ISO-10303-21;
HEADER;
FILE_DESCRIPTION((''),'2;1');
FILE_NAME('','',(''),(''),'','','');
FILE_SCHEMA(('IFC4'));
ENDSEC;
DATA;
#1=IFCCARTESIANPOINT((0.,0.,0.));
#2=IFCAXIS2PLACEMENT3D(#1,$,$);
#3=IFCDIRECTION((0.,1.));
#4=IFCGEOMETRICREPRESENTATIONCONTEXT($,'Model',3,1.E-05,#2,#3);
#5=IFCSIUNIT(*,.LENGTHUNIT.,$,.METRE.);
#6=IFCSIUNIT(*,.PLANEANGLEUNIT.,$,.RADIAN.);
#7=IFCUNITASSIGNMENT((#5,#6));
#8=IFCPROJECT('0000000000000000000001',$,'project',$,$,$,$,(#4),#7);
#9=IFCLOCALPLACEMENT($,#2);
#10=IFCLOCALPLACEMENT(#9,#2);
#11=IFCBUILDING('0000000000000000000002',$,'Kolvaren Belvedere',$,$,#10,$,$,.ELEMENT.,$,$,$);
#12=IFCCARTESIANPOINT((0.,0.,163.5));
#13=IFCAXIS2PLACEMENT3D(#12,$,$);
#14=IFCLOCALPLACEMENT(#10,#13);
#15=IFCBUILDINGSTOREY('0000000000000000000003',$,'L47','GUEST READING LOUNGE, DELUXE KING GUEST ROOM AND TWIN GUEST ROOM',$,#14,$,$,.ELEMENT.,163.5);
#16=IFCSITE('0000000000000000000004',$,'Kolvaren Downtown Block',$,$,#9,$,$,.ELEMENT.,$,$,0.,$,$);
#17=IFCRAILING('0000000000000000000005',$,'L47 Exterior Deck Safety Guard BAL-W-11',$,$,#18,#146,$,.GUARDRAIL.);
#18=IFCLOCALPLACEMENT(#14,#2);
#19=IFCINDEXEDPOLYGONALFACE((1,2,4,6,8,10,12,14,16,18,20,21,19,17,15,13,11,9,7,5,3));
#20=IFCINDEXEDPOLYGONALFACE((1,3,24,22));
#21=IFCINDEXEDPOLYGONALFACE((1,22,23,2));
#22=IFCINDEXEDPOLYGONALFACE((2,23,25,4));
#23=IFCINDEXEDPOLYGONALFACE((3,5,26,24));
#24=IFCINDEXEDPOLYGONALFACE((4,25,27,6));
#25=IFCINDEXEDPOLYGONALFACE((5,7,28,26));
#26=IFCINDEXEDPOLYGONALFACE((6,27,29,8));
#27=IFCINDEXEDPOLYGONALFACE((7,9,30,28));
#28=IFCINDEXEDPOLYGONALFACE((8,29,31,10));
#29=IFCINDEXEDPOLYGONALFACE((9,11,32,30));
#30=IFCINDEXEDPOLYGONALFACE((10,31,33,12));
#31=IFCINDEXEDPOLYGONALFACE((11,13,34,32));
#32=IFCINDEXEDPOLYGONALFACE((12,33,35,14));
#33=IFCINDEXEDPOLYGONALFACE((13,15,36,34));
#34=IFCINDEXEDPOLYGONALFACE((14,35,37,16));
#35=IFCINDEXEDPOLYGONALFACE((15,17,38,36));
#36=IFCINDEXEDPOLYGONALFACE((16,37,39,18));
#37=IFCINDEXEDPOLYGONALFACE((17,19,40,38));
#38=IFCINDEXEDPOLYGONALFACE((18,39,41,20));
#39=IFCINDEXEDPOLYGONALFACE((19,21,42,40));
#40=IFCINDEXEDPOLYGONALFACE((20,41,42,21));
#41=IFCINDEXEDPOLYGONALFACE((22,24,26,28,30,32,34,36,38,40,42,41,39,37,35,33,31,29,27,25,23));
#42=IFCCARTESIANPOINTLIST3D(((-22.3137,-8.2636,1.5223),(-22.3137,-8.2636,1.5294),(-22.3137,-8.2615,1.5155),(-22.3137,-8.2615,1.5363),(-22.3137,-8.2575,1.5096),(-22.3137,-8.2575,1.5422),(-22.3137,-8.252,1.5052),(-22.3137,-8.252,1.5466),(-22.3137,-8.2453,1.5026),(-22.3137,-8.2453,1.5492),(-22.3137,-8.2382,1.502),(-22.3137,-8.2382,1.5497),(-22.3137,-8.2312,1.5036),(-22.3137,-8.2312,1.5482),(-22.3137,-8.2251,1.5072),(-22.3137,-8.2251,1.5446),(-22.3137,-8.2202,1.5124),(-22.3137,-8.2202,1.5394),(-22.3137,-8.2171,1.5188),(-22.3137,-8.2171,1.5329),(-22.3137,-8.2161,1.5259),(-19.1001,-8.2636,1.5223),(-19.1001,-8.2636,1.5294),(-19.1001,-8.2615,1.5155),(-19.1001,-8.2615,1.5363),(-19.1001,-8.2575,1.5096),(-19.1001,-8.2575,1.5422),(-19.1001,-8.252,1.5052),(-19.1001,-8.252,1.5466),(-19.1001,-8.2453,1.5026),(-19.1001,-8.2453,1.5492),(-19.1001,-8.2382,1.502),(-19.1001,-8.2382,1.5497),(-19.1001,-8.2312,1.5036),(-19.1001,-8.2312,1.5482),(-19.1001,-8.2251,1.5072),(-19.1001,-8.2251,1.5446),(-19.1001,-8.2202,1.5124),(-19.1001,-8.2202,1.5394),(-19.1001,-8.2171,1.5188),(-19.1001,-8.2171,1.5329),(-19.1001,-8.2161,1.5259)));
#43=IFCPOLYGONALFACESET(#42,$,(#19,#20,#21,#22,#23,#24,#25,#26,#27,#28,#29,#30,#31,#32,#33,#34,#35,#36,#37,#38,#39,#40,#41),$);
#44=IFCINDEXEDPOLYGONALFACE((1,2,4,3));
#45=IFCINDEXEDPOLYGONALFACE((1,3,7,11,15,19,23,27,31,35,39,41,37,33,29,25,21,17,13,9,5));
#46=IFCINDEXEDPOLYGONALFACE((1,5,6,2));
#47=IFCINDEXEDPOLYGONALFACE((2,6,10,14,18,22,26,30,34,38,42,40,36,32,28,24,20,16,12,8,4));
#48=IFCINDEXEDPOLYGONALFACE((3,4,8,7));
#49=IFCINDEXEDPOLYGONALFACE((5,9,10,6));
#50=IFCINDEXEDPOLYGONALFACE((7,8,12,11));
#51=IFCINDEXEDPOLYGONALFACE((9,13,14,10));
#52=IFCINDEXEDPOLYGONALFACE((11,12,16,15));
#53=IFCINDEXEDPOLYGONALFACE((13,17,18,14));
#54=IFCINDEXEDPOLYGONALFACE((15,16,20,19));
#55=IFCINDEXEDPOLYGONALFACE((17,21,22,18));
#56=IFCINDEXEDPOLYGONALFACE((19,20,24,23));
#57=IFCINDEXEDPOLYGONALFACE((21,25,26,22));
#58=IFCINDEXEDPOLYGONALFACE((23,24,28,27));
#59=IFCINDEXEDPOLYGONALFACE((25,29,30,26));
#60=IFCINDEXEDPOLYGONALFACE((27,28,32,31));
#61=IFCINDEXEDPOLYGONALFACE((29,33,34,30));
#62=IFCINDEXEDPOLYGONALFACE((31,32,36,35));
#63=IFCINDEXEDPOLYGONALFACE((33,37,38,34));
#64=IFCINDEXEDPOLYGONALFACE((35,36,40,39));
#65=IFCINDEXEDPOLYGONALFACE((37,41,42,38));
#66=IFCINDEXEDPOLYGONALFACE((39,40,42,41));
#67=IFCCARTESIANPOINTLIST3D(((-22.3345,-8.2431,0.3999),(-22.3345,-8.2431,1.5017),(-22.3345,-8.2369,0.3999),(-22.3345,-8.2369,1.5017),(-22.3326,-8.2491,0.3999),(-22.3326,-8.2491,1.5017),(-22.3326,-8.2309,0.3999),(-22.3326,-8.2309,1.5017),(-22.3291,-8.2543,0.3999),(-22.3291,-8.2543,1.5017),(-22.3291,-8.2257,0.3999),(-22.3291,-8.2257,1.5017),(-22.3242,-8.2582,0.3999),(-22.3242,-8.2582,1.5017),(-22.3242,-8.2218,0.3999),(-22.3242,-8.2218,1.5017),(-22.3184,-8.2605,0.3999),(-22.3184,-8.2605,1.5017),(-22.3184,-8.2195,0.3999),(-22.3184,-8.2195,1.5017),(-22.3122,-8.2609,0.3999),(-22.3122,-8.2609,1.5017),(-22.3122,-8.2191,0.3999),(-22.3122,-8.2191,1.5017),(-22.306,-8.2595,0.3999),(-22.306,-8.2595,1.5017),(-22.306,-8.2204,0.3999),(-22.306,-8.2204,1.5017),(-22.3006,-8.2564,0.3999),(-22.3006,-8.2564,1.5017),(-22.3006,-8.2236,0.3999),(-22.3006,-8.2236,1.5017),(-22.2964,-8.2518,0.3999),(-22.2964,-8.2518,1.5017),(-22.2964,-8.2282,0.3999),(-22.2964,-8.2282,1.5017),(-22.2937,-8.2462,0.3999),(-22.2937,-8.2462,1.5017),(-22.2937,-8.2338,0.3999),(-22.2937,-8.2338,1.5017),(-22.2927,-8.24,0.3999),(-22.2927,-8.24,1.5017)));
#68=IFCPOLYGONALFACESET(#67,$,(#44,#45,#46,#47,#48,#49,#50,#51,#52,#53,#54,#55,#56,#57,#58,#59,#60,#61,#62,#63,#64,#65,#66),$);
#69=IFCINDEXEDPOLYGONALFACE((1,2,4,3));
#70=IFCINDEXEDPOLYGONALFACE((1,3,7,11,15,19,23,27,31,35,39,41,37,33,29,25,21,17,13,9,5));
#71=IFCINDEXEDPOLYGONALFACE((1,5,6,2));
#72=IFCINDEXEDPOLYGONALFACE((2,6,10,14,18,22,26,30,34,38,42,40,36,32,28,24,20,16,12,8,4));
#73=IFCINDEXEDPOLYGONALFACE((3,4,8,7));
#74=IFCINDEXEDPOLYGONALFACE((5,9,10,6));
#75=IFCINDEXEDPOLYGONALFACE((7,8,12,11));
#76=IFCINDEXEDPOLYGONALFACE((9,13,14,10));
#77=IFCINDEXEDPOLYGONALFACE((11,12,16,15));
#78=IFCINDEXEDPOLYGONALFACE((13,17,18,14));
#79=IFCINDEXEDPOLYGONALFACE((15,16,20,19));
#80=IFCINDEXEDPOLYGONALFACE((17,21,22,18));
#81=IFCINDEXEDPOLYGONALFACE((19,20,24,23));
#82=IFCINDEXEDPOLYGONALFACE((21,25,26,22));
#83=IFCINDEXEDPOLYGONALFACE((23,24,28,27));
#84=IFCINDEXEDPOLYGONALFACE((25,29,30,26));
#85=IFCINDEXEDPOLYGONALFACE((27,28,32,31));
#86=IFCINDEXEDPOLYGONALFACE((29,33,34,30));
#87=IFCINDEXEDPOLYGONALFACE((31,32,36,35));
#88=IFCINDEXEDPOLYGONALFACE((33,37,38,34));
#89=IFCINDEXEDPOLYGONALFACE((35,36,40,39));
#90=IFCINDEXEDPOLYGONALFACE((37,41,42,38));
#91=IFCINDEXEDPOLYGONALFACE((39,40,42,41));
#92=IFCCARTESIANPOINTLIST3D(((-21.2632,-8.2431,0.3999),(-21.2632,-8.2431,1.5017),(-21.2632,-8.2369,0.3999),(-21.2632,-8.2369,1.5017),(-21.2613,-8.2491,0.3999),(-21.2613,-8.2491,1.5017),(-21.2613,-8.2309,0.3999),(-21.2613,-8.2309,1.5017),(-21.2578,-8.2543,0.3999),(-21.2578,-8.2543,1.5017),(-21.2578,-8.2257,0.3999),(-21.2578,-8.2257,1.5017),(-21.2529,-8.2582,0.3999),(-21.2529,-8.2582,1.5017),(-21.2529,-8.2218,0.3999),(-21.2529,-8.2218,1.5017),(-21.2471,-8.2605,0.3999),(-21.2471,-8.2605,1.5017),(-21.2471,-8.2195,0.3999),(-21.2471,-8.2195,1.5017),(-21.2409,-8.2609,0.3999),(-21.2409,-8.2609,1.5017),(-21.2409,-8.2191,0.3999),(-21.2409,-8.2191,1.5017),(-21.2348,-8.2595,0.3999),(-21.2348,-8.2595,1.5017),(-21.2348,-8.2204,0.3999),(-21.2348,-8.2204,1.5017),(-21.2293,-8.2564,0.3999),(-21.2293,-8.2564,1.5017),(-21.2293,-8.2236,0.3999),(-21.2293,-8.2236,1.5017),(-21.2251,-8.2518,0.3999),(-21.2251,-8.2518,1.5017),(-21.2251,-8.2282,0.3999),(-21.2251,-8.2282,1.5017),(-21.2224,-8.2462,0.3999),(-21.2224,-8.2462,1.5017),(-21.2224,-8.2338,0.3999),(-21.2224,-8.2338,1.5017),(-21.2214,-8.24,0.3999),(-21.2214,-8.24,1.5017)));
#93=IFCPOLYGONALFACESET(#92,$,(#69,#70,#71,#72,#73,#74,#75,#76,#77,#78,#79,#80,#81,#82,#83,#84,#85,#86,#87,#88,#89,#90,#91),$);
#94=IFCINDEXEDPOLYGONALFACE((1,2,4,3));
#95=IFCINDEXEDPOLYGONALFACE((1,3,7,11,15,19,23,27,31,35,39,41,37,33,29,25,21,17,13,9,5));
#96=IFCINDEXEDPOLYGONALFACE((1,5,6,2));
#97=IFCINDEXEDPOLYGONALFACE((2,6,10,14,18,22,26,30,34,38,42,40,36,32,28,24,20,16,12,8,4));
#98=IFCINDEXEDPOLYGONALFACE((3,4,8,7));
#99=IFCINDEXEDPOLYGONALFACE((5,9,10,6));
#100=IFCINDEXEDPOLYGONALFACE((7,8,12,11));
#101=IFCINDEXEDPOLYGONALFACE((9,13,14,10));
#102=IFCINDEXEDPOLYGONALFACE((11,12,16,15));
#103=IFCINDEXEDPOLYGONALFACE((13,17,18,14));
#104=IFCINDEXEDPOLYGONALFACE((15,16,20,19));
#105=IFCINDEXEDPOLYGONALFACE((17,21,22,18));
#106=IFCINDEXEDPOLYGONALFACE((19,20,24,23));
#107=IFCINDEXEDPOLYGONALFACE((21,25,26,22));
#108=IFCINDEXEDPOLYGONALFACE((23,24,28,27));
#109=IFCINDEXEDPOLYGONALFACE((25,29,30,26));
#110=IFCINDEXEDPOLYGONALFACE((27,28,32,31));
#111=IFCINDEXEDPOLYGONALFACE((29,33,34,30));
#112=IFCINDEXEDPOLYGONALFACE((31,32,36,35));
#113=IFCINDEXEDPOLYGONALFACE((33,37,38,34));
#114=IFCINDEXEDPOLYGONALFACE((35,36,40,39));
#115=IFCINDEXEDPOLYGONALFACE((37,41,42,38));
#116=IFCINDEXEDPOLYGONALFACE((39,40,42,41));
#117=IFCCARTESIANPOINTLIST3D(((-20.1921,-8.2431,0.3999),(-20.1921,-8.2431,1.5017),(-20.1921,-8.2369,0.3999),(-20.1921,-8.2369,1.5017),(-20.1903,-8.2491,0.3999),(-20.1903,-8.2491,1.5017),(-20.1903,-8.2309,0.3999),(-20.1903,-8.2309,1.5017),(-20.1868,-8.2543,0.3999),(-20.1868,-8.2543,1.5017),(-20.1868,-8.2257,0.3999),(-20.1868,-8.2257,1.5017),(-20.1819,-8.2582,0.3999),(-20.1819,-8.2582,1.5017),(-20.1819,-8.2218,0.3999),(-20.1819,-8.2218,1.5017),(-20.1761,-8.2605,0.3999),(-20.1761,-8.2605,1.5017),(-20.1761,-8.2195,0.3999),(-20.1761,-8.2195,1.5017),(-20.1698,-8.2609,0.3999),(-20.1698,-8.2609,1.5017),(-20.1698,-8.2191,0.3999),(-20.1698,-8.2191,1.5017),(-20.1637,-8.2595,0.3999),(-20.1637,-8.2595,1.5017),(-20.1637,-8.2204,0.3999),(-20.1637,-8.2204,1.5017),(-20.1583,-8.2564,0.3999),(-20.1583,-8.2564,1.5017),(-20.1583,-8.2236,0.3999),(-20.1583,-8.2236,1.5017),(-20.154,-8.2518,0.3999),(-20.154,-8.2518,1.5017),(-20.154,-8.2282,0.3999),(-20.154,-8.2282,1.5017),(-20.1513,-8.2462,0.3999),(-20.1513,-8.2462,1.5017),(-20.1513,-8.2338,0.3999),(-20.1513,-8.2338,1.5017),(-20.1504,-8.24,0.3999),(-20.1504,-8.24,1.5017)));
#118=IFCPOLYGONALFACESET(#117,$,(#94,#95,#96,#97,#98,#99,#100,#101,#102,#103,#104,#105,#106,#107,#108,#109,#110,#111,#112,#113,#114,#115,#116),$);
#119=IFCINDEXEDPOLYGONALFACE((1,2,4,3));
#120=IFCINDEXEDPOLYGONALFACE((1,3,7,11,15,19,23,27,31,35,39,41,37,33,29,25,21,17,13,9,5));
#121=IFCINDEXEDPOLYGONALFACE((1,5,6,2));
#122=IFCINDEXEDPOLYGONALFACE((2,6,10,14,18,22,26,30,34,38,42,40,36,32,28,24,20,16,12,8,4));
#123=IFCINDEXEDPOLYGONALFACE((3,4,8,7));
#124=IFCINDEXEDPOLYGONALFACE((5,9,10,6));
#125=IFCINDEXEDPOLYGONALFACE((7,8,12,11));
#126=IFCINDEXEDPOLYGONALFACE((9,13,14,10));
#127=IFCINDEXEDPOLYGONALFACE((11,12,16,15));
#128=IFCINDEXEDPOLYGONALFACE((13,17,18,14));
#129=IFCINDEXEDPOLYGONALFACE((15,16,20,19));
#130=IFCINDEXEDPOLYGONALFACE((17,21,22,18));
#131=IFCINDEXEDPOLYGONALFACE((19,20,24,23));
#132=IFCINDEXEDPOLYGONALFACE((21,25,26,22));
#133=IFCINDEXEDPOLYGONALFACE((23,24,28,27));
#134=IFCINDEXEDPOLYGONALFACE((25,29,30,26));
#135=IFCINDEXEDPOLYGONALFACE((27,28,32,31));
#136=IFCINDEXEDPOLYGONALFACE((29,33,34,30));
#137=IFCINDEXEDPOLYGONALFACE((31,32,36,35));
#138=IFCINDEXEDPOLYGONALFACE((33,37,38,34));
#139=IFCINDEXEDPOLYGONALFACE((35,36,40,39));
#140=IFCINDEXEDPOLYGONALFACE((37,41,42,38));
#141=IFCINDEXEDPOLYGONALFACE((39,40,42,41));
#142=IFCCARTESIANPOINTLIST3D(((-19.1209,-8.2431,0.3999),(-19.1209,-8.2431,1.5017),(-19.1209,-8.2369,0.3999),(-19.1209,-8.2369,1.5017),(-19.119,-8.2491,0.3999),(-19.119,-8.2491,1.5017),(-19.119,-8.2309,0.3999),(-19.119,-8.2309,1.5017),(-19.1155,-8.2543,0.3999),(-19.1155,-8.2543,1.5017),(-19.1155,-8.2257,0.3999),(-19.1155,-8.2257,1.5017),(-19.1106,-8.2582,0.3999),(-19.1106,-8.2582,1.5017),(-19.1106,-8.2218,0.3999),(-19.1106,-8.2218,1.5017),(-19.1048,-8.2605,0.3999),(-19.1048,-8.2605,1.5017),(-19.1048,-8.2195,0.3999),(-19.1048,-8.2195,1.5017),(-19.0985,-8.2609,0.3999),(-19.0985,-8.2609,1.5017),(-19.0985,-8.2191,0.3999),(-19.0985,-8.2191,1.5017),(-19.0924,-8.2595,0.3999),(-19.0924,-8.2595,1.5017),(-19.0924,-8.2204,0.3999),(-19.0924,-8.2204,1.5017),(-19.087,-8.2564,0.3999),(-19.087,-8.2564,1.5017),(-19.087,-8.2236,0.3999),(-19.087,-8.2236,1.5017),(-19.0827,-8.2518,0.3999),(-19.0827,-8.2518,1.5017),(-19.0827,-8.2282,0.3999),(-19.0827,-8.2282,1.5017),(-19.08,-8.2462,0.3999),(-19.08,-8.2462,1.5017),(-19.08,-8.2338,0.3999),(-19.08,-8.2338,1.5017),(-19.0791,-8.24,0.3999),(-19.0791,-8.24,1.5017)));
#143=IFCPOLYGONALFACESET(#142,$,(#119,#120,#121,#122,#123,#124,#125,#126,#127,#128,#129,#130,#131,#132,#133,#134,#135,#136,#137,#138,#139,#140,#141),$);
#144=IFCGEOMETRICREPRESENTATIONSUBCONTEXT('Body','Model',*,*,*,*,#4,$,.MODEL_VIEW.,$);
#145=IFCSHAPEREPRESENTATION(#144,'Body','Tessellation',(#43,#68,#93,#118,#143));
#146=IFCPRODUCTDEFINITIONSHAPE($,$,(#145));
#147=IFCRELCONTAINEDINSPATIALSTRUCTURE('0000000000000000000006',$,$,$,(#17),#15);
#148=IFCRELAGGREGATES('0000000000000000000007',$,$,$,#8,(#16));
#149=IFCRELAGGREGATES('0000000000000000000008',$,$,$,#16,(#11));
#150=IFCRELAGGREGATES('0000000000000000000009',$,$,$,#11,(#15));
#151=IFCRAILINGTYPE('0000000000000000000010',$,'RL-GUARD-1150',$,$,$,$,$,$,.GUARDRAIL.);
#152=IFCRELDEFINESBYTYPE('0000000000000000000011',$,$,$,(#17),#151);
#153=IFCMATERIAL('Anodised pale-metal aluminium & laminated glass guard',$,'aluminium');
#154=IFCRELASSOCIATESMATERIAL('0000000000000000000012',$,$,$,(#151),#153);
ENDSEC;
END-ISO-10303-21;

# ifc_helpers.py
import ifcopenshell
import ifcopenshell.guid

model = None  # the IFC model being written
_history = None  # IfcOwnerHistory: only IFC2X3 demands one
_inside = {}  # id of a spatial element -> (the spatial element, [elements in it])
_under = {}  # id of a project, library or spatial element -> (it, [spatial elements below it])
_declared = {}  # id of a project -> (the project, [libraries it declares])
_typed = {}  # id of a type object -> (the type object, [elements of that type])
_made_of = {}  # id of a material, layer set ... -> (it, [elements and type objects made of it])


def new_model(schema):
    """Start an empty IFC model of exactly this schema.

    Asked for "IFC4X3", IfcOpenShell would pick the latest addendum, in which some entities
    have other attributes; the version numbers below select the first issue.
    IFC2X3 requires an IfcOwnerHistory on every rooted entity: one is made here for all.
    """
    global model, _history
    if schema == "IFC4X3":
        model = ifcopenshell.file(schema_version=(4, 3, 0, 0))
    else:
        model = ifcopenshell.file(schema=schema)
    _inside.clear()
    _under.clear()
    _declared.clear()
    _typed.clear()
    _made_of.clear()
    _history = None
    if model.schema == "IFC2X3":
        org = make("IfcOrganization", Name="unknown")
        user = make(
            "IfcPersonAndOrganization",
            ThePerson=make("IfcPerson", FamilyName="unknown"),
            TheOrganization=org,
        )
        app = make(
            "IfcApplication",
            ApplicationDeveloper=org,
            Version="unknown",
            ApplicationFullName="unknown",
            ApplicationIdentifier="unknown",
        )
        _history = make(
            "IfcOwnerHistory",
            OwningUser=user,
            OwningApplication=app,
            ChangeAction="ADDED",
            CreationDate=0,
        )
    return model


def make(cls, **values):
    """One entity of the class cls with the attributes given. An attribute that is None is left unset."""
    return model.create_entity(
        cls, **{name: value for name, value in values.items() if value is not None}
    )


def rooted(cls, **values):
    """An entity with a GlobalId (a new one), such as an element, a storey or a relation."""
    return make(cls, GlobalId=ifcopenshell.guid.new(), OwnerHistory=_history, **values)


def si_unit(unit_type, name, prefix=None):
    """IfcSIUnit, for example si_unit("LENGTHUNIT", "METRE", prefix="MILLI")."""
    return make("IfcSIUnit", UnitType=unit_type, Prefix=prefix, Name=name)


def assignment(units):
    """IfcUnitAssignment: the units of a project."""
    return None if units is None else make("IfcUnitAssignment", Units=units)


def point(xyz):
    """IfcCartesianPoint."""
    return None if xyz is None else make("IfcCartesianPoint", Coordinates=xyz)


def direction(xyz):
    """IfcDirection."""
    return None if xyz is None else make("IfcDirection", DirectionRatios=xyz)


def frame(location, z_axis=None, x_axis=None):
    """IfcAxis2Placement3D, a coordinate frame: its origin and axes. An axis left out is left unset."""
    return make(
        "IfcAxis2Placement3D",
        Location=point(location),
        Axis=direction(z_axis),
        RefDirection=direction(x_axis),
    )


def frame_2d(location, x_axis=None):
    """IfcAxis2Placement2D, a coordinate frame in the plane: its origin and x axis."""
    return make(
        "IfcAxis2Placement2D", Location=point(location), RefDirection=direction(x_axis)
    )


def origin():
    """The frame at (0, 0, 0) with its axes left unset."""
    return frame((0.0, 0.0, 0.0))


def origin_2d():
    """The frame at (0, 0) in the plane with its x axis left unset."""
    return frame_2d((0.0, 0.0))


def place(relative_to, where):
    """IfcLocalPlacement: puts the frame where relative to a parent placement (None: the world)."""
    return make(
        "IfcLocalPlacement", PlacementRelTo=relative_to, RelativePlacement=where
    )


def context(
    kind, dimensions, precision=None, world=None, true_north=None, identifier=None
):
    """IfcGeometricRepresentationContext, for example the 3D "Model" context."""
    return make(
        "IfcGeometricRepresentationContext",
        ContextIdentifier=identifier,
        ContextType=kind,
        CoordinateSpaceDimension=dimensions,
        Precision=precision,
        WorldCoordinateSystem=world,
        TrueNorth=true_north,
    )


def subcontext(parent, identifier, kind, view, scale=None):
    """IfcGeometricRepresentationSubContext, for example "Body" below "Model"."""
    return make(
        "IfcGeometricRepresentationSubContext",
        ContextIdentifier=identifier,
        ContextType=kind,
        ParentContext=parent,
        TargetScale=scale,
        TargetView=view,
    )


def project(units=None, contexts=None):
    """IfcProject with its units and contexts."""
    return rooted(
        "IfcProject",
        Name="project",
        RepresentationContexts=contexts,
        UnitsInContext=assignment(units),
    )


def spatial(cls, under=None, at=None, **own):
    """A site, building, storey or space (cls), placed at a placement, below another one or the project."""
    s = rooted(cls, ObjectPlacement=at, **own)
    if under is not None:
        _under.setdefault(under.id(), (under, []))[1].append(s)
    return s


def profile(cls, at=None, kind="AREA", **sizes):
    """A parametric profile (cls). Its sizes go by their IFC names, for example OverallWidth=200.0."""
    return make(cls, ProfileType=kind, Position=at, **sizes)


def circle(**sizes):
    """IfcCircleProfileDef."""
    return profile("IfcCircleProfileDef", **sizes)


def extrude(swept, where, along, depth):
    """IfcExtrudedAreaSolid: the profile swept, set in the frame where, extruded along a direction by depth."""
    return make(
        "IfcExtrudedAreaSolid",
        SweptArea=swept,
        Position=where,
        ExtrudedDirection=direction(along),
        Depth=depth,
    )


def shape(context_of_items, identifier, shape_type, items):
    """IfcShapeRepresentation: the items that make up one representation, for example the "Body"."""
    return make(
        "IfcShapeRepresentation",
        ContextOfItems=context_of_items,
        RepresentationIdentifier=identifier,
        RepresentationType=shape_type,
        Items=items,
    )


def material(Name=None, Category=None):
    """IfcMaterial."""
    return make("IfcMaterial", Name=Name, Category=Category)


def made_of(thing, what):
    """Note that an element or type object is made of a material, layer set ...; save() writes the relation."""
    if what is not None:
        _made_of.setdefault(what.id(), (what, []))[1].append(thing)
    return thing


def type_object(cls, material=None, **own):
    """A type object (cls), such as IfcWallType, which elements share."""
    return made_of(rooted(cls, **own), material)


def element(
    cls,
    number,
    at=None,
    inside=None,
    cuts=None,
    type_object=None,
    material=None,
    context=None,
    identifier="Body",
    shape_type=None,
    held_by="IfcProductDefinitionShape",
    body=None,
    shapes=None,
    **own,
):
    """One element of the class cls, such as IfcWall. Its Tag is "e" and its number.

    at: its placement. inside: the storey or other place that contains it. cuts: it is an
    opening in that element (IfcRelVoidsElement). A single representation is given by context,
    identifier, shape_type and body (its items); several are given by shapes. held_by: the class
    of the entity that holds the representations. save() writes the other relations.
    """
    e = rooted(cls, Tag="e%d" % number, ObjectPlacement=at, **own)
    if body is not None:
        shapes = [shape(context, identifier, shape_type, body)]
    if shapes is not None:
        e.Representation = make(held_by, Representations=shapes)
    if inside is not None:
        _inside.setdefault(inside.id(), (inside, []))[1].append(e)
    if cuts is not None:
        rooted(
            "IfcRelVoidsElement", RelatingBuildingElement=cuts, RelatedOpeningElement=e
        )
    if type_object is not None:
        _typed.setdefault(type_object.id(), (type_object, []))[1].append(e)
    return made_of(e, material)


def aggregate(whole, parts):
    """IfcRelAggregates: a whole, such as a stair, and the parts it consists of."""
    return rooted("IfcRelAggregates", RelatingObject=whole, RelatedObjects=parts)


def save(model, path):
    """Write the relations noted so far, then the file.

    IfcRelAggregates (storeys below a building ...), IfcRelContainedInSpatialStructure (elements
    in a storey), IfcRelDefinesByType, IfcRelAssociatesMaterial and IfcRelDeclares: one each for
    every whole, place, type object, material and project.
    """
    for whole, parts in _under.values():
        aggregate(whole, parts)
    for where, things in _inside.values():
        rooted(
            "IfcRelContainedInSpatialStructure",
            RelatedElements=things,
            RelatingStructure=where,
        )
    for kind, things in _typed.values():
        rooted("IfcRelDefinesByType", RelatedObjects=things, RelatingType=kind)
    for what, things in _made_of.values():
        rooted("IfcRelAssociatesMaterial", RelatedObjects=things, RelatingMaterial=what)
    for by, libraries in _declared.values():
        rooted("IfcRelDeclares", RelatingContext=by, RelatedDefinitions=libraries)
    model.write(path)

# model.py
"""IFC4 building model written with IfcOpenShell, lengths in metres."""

from ifc_helpers import new_model, si_unit, direction, frame, origin, origin_2d, place, context, subcontext, project, spatial, circle, extrude, material, type_object, element, save


model = new_model("IFC4")

# Units and contexts
model_context = context("Model", 3, precision=1e-05, world=origin(), true_north=direction((0.0, 1.0)))
body_context = subcontext(model_context, "Body", "Model", "MODEL_VIEW")
ifc_project = project(units=[si_unit("LENGTHUNIT", "METRE"), si_unit("PLANEANGLEUNIT", "RADIAN")], contexts=[model_context])

# Site, building, storey
site_placement = place(None, origin())
site = spatial("IfcSite", under=ifc_project, at=site_placement, Name="Kolvaren Downtown Block", CompositionType="ELEMENT", RefElevation=0.0)
building_placement = place(site_placement, origin())
building = spatial("IfcBuilding", under=site, at=building_placement, Name="Kolvaren Belvedere", CompositionType="ELEMENT")
storey_placement = place(building_placement, frame((0.0, 0.0, 163.5)))
storey = spatial("IfcBuildingStorey", under=building, at=storey_placement, Name="L47", Description="GUEST READING LOUNGE, DELUXE KING GUEST ROOM AND TWIN GUEST ROOM", CompositionType="ELEMENT", Elevation=163.5)

# Railing
ifc_material_1 = material(Name="Anodised pale-metal aluminium & laminated glass guard", Category="aluminium")
railing_type = type_object("IfcRailingType", Name="RL-GUARD-1150", PredefinedType="GUARDRAIL", material=ifc_material_1)
railing_1_placement = place(storey_placement, frame((-22.3137, -8.24, 0.3999)))
element("IfcRailing", 1, at=railing_1_placement, inside=storey, type_object=railing_type, Name="L47 Exterior Deck Safety Guard BAL-W-11", PredefinedType="GUARDRAIL", context=body_context, shape_type="SweptSolid", body=[
    extrude(circle(Radius=0.0239, at=origin_2d()), frame((0.0, 0.0, 1.126), z_axis=(1.0, 0.0, 0.0), x_axis=(0.0, 1.0, 0.0)), (0.0, 0.0, 1.0), 3.2136),
    extrude(circle(Radius=0.021, at=origin_2d()), origin(), (0.0, 0.0, 1.0), 1.1018),
    extrude(circle(Radius=0.021, at=origin_2d()), frame((1.0713, 0.0, 0.0)), (0.0, 0.0, 1.0), 1.1018),
    extrude(circle(Radius=0.021, at=origin_2d()), frame((2.1423, 0.0, 0.0)), (0.0, 0.0, 1.0), 1.1018),
    extrude(circle(Radius=0.021, at=origin_2d()), frame((3.2136, 0.0, 0.0)), (0.0, 0.0, 1.0), 1.1018),
])

save(model, "model.ifc")
